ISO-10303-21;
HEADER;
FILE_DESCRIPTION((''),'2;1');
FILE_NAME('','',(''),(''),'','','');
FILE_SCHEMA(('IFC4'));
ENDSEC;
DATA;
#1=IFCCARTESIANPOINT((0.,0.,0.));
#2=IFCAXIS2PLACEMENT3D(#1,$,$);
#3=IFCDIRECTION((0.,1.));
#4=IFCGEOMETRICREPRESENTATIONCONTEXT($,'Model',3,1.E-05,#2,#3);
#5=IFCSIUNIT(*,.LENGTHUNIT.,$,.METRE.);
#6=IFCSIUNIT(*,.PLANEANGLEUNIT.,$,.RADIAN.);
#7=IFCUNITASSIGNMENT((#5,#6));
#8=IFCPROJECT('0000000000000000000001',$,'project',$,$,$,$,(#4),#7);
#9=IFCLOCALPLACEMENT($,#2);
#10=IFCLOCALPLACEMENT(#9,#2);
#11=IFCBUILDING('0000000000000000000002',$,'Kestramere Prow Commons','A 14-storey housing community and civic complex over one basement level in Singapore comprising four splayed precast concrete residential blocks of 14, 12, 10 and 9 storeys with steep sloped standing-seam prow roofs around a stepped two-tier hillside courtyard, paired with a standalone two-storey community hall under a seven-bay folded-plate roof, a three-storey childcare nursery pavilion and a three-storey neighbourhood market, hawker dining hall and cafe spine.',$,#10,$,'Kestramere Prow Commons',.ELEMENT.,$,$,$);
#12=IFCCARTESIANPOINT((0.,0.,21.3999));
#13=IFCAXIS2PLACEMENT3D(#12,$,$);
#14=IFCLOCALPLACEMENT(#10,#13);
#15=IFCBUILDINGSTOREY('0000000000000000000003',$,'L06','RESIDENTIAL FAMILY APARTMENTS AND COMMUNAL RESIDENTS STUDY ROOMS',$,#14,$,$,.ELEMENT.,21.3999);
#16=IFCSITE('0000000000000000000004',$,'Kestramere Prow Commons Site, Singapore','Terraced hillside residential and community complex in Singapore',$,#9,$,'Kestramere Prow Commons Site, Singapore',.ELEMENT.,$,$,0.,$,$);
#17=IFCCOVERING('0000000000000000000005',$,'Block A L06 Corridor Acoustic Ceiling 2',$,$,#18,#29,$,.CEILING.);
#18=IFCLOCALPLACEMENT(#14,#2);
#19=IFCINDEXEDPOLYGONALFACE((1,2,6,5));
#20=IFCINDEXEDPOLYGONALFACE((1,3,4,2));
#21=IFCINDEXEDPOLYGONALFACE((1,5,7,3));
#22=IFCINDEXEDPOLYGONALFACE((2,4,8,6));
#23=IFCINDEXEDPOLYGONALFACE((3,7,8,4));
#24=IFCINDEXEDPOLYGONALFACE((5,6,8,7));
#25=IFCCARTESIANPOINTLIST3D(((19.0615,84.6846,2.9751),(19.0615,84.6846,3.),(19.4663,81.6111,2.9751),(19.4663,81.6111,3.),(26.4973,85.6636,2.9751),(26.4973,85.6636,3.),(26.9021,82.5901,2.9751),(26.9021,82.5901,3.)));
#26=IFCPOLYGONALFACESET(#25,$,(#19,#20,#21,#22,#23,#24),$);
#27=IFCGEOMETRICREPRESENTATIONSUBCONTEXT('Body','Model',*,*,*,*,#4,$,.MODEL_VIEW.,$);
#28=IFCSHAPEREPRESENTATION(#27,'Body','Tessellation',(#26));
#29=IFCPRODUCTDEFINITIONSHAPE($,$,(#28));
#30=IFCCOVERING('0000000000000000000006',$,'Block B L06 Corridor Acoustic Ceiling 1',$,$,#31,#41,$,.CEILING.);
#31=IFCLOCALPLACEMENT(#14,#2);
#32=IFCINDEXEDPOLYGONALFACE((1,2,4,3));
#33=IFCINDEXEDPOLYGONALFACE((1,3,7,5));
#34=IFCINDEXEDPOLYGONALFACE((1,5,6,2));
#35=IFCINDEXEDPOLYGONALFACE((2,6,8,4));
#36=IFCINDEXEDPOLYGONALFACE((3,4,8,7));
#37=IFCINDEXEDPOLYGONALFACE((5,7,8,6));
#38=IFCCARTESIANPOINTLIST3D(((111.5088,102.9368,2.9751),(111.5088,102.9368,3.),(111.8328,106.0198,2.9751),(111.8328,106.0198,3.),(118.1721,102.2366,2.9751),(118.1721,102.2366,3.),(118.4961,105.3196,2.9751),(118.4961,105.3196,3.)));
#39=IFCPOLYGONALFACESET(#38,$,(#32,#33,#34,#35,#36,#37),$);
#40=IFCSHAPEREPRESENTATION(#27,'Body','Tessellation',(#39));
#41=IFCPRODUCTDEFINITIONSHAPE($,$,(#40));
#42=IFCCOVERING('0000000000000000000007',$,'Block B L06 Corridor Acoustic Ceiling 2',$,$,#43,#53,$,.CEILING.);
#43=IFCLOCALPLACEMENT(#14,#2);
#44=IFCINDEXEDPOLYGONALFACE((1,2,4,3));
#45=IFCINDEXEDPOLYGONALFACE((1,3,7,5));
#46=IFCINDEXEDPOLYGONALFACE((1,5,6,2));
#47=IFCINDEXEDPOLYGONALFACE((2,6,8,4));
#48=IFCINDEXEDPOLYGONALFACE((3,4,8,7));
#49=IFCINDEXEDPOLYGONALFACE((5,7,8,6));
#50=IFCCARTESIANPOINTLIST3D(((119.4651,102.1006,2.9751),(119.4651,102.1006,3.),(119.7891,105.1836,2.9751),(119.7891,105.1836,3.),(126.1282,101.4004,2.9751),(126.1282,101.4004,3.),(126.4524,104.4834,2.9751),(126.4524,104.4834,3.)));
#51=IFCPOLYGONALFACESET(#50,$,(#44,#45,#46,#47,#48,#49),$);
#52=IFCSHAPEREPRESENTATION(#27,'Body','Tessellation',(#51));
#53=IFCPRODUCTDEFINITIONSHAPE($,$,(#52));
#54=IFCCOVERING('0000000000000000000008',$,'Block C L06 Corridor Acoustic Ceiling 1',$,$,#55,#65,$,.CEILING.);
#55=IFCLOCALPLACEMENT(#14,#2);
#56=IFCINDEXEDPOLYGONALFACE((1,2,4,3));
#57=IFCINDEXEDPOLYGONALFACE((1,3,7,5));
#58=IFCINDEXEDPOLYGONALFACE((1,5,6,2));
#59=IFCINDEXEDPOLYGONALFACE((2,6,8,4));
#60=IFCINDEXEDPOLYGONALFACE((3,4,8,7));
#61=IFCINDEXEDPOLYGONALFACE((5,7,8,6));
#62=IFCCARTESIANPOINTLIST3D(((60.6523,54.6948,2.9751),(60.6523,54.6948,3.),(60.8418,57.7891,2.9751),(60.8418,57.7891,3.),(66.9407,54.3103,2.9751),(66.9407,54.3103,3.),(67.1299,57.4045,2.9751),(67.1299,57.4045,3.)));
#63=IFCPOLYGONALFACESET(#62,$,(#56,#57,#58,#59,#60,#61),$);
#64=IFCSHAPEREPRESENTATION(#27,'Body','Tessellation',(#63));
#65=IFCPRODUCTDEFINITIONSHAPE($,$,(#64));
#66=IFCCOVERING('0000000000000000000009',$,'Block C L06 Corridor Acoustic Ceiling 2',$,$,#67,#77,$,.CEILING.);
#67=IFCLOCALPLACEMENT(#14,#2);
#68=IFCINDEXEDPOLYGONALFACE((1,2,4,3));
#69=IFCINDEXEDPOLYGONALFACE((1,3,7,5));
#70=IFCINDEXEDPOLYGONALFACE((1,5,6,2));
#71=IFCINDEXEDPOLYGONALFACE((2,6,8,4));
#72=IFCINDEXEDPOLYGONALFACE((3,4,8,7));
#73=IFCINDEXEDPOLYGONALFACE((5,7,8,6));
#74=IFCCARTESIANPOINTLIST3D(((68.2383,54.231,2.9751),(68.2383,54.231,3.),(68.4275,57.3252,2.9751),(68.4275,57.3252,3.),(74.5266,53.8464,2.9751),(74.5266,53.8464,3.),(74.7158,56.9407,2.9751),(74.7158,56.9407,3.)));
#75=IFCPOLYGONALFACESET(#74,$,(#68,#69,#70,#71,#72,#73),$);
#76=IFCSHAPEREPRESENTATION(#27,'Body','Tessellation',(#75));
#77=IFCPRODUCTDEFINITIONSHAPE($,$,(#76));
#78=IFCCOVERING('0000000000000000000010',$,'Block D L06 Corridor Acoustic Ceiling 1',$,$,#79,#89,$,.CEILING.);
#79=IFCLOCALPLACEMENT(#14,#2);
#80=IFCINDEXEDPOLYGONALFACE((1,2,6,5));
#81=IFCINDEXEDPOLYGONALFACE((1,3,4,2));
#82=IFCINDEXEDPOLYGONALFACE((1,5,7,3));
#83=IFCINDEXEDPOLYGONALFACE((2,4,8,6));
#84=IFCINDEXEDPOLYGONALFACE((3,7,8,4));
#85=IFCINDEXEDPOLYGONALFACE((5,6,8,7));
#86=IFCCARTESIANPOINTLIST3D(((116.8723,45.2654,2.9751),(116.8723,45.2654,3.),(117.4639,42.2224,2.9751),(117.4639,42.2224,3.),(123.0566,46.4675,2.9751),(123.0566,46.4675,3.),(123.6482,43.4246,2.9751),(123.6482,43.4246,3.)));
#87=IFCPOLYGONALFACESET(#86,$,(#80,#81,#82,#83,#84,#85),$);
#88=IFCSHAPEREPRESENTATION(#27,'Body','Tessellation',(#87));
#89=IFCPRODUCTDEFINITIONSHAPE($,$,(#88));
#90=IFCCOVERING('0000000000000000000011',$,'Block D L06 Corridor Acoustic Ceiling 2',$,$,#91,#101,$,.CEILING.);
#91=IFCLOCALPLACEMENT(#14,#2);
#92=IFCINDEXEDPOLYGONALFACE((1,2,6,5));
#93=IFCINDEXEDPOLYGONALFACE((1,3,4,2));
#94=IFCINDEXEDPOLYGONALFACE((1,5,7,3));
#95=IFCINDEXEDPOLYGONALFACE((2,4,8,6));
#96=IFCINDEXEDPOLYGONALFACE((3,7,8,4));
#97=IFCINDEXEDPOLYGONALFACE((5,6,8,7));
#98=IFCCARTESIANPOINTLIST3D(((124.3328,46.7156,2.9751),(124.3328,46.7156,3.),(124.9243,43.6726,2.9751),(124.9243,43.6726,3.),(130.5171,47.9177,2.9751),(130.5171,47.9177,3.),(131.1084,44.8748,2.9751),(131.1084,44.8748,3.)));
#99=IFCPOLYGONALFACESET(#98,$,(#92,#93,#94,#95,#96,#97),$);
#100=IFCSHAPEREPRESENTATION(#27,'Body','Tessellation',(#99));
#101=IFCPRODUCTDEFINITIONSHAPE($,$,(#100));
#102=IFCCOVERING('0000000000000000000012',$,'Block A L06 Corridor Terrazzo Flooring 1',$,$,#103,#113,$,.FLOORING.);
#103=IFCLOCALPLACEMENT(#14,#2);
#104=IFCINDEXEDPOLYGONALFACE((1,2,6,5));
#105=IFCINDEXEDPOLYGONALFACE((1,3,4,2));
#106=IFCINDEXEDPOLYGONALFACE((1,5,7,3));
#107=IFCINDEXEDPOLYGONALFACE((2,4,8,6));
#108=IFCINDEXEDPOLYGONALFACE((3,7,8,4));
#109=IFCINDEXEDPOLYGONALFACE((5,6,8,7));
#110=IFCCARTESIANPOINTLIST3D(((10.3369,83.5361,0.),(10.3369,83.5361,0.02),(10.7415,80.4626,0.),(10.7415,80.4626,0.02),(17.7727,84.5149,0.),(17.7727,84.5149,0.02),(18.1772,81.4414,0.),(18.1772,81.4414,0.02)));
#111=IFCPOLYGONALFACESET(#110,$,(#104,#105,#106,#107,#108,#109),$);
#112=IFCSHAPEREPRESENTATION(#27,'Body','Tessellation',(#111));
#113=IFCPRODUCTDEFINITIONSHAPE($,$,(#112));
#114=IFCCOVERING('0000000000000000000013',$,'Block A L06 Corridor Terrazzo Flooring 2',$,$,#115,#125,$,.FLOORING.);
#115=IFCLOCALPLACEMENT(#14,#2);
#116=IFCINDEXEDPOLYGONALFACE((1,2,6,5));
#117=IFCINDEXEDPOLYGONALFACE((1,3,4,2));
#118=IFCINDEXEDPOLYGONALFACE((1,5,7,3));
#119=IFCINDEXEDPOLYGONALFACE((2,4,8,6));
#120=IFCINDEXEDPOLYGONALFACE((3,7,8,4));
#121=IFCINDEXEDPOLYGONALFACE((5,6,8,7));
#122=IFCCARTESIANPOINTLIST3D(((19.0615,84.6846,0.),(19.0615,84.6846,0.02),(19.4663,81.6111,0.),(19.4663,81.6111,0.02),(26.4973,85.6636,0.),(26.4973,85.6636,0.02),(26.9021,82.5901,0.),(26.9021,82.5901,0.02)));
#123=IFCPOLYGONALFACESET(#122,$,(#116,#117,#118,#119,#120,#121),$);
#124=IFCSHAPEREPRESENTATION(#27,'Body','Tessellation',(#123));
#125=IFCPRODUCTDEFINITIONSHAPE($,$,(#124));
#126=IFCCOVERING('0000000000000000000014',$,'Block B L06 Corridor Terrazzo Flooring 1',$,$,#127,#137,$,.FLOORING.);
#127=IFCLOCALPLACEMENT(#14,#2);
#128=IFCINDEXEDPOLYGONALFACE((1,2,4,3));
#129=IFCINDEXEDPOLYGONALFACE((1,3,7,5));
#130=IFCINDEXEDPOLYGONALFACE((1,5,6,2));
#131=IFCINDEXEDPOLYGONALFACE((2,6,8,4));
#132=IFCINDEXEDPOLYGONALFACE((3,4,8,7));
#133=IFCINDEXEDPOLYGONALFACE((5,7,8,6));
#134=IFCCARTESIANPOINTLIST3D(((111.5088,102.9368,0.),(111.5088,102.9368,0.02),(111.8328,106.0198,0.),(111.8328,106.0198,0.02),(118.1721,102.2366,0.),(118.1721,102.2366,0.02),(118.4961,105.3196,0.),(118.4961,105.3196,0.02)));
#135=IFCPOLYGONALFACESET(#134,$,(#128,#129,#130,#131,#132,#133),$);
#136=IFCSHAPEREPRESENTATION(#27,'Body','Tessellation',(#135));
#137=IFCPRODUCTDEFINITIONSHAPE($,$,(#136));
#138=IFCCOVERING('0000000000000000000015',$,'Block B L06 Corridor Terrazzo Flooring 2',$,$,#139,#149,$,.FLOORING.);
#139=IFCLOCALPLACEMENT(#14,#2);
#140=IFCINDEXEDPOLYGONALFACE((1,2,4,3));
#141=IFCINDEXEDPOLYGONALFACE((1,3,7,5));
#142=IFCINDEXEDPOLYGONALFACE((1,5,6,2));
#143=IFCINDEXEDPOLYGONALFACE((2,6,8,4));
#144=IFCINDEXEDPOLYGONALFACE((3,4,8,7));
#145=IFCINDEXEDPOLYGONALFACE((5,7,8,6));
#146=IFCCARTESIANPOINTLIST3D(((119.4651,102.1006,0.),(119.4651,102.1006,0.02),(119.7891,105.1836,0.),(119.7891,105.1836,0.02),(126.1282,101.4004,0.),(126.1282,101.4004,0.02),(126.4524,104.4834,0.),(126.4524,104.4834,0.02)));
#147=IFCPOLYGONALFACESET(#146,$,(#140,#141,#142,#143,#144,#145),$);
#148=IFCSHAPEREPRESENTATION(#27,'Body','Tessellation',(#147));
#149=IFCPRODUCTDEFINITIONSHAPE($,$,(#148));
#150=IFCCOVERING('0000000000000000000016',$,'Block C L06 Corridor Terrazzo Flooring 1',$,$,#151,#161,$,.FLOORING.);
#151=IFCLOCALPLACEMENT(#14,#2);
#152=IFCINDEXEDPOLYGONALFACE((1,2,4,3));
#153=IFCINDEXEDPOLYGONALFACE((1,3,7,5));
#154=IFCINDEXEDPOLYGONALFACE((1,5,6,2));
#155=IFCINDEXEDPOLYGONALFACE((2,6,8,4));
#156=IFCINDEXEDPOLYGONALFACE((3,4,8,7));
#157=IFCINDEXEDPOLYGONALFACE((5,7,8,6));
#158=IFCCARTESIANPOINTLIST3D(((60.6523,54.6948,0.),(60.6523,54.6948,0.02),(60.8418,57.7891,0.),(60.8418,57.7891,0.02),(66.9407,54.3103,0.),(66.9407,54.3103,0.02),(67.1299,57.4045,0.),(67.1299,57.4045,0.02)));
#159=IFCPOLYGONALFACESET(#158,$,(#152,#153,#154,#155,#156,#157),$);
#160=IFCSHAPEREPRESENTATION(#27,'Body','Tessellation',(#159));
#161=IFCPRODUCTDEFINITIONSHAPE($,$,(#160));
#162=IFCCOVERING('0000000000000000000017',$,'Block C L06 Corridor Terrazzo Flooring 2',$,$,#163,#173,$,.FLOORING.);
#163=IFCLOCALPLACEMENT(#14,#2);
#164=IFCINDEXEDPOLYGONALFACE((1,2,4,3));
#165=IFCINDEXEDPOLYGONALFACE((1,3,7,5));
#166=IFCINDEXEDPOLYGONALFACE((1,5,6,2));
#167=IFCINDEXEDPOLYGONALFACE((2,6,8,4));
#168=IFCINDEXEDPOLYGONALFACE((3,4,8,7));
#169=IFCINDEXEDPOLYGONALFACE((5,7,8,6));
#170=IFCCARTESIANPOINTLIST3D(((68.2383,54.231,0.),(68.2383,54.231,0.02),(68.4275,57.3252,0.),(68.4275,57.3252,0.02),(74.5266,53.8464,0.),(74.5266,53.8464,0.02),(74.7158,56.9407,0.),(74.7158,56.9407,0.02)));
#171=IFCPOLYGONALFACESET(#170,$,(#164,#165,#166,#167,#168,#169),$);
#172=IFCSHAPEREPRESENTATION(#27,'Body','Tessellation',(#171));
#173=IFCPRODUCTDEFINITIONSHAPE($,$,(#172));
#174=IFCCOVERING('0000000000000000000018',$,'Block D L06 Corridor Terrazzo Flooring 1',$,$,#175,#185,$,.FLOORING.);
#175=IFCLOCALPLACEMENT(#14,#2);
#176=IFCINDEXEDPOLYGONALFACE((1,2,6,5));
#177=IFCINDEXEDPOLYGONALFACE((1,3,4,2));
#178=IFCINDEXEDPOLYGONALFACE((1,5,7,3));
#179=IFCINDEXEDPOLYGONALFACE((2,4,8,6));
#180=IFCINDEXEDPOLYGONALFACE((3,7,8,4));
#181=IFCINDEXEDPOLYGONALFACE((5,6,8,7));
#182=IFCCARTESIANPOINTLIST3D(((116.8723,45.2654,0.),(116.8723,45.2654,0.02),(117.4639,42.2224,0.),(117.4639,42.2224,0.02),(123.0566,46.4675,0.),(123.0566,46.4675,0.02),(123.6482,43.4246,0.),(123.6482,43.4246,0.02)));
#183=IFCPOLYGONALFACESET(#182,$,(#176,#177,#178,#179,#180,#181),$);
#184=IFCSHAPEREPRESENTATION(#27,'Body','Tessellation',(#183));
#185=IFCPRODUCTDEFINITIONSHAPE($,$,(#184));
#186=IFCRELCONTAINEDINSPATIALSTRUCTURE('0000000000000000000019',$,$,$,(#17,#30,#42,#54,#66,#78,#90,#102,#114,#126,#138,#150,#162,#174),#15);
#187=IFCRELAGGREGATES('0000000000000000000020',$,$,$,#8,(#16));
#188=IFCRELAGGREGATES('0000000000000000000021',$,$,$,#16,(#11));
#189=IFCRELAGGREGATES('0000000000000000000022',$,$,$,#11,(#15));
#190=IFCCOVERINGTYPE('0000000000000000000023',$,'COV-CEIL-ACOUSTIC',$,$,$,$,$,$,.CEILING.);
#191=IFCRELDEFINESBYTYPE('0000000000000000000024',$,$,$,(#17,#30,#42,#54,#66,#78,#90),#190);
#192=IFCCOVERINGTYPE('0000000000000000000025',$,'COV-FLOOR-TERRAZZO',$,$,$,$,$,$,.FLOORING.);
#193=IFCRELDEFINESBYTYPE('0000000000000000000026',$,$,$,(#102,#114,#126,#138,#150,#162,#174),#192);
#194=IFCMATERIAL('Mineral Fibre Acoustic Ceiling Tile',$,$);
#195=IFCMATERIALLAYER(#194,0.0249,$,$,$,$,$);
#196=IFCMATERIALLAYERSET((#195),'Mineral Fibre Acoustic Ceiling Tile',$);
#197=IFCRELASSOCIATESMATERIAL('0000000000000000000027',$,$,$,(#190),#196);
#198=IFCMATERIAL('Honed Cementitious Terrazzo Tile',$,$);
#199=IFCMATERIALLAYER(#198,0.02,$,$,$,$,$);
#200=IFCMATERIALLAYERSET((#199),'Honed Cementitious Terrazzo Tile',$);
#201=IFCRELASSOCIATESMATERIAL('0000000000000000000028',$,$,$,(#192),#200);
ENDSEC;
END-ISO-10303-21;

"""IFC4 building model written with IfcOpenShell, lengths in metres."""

from ifc_helpers import new_model, si_unit, direction, frame, origin, place, context, subcontext, project, spatial, polyline, outline, extrude, material, layer, layer_set, type_object, element, save


model = new_model("IFC4")

# Units and contexts
model_context = context("Model", 3, precision=1e-05, world=origin(), true_north=direction((0.0, 1.0)))
body_context = subcontext(model_context, "Body", "Model", "MODEL_VIEW")
ifc_project = project(units=[si_unit("LENGTHUNIT", "METRE"), si_unit("PLANEANGLEUNIT", "RADIAN")], contexts=[model_context])

# Site, building, storey
site_placement = place(None, origin())
site = spatial("IfcSite", under=ifc_project, at=site_placement, Name="Kestramere Prow Commons Site, Singapore", Description="Terraced hillside residential and community complex in Singapore", LongName="Kestramere Prow Commons Site, Singapore", CompositionType="ELEMENT", RefElevation=0.0)
building_placement = place(site_placement, origin())
building = spatial("IfcBuilding", under=site, at=building_placement, Name="Kestramere Prow Commons", Description="A 14-storey housing community and civic complex over one basement level in Singapore comprising four splayed precast concrete residential blocks of 14, 12, 10 and 9 storeys with steep sloped standing-seam prow roofs around a stepped two-tier hillside courtyard, paired with a standalone two-storey community hall under a seven-bay folded-plate roof, a three-storey childcare nursery pavilion and a three-storey neighbourhood market, hawker dining hall and cafe spine.", LongName="Kestramere Prow Commons", CompositionType="ELEMENT")
storey_placement = place(building_placement, frame((0.0, 0.0, 21.3999)))
storey = spatial("IfcBuildingStorey", under=building, at=storey_placement, Name="L06", Description="RESIDENTIAL FAMILY APARTMENTS AND COMMUNAL RESIDENTS STUDY ROOMS", CompositionType="ELEMENT", Elevation=21.3999)

# Coverings
ifc_material_1 = material(Name="Mineral Fibre Acoustic Ceiling Tile")
ifc_layer_1 = layer(ifc_material_1, 0.0249)
ifc_layer_set_1 = layer_set([ifc_layer_1], Name="Mineral Fibre Acoustic Ceiling Tile")
covering_type_1 = type_object("IfcCoveringType", Name="COV-CEIL-ACOUSTIC", PredefinedType="CEILING", material=ifc_layer_set_1)
covering_1_placement = place(storey_placement, frame((0.0, 0.0, 2.9751)))
element("IfcCovering", 1, at=covering_1_placement, inside=storey, type_object=covering_type_1, Name="Block A L06 Corridor Acoustic Ceiling 2", PredefinedType="CEILING", context=body_context, shape_type="SweptSolid", body=[
    extrude(outline(polyline([(19.4663, 81.6111), (26.9021, 82.5901), (26.4973, 85.6636), (19.0615, 84.6846), (19.4663, 81.6111)])), origin(), (0.0, 0.0, 1.0), 0.0249),
])
covering_2_placement = place(storey_placement, frame((0.0, 0.0, 2.9751)))
element("IfcCovering", 2, at=covering_2_placement, inside=storey, type_object=covering_type_1, Name="Block B L06 Corridor Acoustic Ceiling 1", PredefinedType="CEILING", context=body_context, shape_type="SweptSolid", body=[
    extrude(outline(polyline([(111.5088, 102.9368), (118.1721, 102.2366), (118.4961, 105.3196), (111.8328, 106.0198), (111.5088, 102.9368)])), origin(), (0.0, 0.0, 1.0), 0.0249),
])
covering_3_placement = place(storey_placement, frame((0.0, 0.0, 2.9751)))
element("IfcCovering", 3, at=covering_3_placement, inside=storey, type_object=covering_type_1, Name="Block B L06 Corridor Acoustic Ceiling 2", PredefinedType="CEILING", context=body_context, shape_type="SweptSolid", body=[
    extrude(outline(polyline([(119.4651, 102.1006), (126.1282, 101.4004), (126.4524, 104.4834), (119.7891, 105.1836), (119.4651, 102.1006)])), origin(), (0.0, 0.0, 1.0), 0.0249),
])
covering_4_placement = place(storey_placement, frame((0.0, 0.0, 2.9751)))
element("IfcCovering", 4, at=covering_4_placement, inside=storey, type_object=covering_type_1, Name="Block C L06 Corridor Acoustic Ceiling 1", PredefinedType="CEILING", context=body_context, shape_type="SweptSolid", body=[
    extrude(outline(polyline([(60.6523, 54.6948), (66.9407, 54.3103), (67.1299, 57.4045), (60.8418, 57.7891), (60.6523, 54.6948)])), origin(), (0.0, 0.0, 1.0), 0.0249),
])
covering_5_placement = place(storey_placement, frame((0.0, 0.0, 2.9751)))
element("IfcCovering", 5, at=covering_5_placement, inside=storey, type_object=covering_type_1, Name="Block C L06 Corridor Acoustic Ceiling 2", PredefinedType="CEILING", context=body_context, shape_type="SweptSolid", body=[
    extrude(outline(polyline([(68.2383, 54.231), (74.5266, 53.8464), (74.7158, 56.9407), (68.4275, 57.3252), (68.2383, 54.231)])), origin(), (0.0, 0.0, 1.0), 0.0249),
])
covering_6_placement = place(storey_placement, frame((0.0, 0.0, 2.9751)))
element("IfcCovering", 6, at=covering_6_placement, inside=storey, type_object=covering_type_1, Name="Block D L06 Corridor Acoustic Ceiling 1", PredefinedType="CEILING", context=body_context, shape_type="SweptSolid", body=[
    extrude(outline(polyline([(117.4639, 42.2224), (123.6482, 43.4246), (123.0566, 46.4675), (116.8723, 45.2654), (117.4639, 42.2224)])), origin(), (0.0, 0.0, 1.0), 0.0249),
])
covering_7_placement = place(storey_placement, frame((0.0, 0.0, 2.9751)))
element("IfcCovering", 7, at=covering_7_placement, inside=storey, type_object=covering_type_1, Name="Block D L06 Corridor Acoustic Ceiling 2", PredefinedType="CEILING", context=body_context, shape_type="SweptSolid", body=[
    extrude(outline(polyline([(124.9243, 43.6726), (131.1084, 44.8748), (130.5171, 47.9177), (124.3328, 46.7156), (124.9243, 43.6726)])), origin(), (0.0, 0.0, 1.0), 0.0249),
])
ifc_material_2 = material(Name="Honed Cementitious Terrazzo Tile")
ifc_layer_2 = layer(ifc_material_2, 0.02)
ifc_layer_set_2 = layer_set([ifc_layer_2], Name="Honed Cementitious Terrazzo Tile")
covering_type_2 = type_object("IfcCoveringType", Name="COV-FLOOR-TERRAZZO", PredefinedType="FLOORING", material=ifc_layer_set_2)
covering_8_placement = place(storey_placement, origin())
element("IfcCovering", 8, at=covering_8_placement, inside=storey, type_object=covering_type_2, Name="Block A L06 Corridor Terrazzo Flooring 1", PredefinedType="FLOORING", context=body_context, shape_type="SweptSolid", body=[
    extrude(outline(polyline([(10.7415, 80.4626), (18.1772, 81.4414), (17.7727, 84.5149), (10.3369, 83.5361), (10.7415, 80.4626)])), origin(), (0.0, 0.0, 1.0), 0.02),
])
covering_9_placement = place(storey_placement, origin())
element("IfcCovering", 9, at=covering_9_placement, inside=storey, type_object=covering_type_2, Name="Block A L06 Corridor Terrazzo Flooring 2", PredefinedType="FLOORING", context=body_context, shape_type="SweptSolid", body=[
    extrude(outline(polyline([(19.4663, 81.6111), (26.9021, 82.5901), (26.4973, 85.6636), (19.0615, 84.6846), (19.4663, 81.6111)])), origin(), (0.0, 0.0, 1.0), 0.02),
])
covering_10_placement = place(storey_placement, origin())
element("IfcCovering", 10, at=covering_10_placement, inside=storey, type_object=covering_type_2, Name="Block B L06 Corridor Terrazzo Flooring 1", PredefinedType="FLOORING", context=body_context, shape_type="SweptSolid", body=[
    extrude(outline(polyline([(111.5088, 102.9368), (118.1721, 102.2366), (118.4961, 105.3196), (111.8328, 106.0198), (111.5088, 102.9368)])), origin(), (0.0, 0.0, 1.0), 0.02),
])
covering_11_placement = place(storey_placement, origin())
element("IfcCovering", 11, at=covering_11_placement, inside=storey, type_object=covering_type_2, Name="Block B L06 Corridor Terrazzo Flooring 2", PredefinedType="FLOORING", context=body_context, shape_type="SweptSolid", body=[
    extrude(outline(polyline([(119.4651, 102.1006), (126.1282, 101.4004), (126.4524, 104.4834), (119.7891, 105.1836), (119.4651, 102.1006)])), origin(), (0.0, 0.0, 1.0), 0.02),
])
covering_12_placement = place(storey_placement, origin())
element("IfcCovering", 12, at=covering_12_placement, inside=storey, type_object=covering_type_2, Name="Block C L06 Corridor Terrazzo Flooring 1", PredefinedType="FLOORING", context=body_context, shape_type="SweptSolid", body=[
    extrude(outline(polyline([(60.6523, 54.6948), (66.9407, 54.3103), (67.1299, 57.4045), (60.8418, 57.7891), (60.6523, 54.6948)])), origin(), (0.0, 0.0, 1.0), 0.02),
])
covering_13_placement = place(storey_placement, origin())
element("IfcCovering", 13, at=covering_13_placement, inside=storey, type_object=covering_type_2, Name="Block C L06 Corridor Terrazzo Flooring 2", PredefinedType="FLOORING", context=body_context, shape_type="SweptSolid", body=[
    extrude(outline(polyline([(68.2383, 54.231), (74.5266, 53.8464), (74.7158, 56.9407), (68.4275, 57.3252), (68.2383, 54.231)])), origin(), (0.0, 0.0, 1.0), 0.02),
])
covering_14_placement = place(storey_placement, origin())
element("IfcCovering", 14, at=covering_14_placement, inside=storey, type_object=covering_type_2, Name="Block D L06 Corridor Terrazzo Flooring 1", PredefinedType="FLOORING", context=body_context, shape_type="SweptSolid", body=[
    extrude(outline(polyline([(117.4639, 42.2224), (123.6482, 43.4246), (123.0566, 46.4675), (116.8723, 45.2654), (117.4639, 42.2224)])), origin(), (0.0, 0.0, 1.0), 0.02),
])

save(model, "model.ifc")
